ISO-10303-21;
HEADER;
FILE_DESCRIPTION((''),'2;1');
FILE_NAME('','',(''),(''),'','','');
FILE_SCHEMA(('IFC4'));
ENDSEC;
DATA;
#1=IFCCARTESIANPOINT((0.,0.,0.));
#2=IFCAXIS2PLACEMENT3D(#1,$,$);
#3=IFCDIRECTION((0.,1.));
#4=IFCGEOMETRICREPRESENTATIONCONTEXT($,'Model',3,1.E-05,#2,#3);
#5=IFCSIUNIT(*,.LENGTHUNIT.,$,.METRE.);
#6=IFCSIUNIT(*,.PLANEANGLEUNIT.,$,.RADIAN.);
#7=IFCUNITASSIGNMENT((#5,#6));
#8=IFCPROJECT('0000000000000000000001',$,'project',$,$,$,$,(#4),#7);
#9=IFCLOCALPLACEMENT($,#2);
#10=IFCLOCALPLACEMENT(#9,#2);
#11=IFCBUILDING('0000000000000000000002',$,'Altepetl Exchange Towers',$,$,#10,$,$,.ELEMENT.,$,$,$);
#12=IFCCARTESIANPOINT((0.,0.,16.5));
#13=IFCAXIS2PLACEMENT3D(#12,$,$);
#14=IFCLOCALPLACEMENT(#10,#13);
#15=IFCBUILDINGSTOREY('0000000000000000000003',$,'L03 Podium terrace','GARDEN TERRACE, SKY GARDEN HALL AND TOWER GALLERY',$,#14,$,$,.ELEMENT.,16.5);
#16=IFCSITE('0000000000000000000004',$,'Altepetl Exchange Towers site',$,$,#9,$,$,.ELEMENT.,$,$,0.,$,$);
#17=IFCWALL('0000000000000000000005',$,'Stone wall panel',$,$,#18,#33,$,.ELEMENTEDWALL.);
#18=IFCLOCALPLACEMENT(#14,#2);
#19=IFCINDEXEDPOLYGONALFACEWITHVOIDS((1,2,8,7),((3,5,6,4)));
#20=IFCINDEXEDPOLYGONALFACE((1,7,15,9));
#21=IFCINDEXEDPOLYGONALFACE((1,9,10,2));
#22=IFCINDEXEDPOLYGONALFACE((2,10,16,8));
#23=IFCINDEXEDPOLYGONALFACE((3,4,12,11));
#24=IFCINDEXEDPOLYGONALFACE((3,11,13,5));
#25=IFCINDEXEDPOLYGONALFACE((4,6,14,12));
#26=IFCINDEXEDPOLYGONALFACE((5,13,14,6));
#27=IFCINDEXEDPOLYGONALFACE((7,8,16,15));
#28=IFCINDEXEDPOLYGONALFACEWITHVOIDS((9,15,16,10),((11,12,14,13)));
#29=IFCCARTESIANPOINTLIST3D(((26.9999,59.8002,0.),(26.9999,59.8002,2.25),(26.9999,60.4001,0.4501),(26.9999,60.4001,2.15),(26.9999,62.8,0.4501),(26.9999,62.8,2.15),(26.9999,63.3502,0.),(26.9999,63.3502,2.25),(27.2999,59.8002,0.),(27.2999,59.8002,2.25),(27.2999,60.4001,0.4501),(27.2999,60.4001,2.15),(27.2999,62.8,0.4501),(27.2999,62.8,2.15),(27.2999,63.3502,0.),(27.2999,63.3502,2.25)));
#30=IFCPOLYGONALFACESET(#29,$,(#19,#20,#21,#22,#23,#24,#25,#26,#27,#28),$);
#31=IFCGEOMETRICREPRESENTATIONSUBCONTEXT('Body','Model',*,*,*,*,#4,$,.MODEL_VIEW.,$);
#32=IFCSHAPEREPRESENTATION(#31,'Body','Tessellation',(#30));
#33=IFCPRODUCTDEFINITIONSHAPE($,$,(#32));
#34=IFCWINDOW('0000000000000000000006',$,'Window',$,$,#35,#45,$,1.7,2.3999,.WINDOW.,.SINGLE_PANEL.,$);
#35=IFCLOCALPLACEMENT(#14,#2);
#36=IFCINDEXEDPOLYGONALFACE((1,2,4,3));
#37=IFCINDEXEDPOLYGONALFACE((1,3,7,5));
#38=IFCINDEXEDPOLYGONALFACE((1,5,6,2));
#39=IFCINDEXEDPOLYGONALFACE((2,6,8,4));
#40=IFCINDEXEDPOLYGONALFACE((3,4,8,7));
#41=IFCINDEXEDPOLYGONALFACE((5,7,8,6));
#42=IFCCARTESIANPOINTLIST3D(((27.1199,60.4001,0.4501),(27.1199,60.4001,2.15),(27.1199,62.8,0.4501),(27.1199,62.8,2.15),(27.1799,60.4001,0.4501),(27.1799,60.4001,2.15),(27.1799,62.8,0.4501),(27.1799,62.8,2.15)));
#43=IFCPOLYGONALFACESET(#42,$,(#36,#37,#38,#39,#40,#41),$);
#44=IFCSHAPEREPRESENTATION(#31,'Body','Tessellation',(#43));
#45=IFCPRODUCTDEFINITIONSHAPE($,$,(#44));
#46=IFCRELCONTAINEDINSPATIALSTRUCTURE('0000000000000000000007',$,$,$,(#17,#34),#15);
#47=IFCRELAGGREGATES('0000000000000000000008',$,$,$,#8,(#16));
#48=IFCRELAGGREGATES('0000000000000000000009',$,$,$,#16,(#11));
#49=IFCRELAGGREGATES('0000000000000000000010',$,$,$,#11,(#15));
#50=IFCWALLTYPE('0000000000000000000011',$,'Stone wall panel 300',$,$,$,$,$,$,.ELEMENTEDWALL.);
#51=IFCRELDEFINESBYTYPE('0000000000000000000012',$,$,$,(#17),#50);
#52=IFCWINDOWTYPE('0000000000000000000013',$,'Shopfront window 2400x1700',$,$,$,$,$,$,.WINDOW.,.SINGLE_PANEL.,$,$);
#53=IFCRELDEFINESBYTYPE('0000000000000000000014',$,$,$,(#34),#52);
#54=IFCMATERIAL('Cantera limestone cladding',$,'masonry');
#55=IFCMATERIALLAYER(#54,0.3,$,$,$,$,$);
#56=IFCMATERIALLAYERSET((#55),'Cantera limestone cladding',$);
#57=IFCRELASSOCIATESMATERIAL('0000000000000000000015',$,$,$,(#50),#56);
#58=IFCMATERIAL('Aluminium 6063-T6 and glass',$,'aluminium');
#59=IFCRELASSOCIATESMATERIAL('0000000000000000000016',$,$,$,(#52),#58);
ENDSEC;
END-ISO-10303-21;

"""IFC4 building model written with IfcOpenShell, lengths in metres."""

from ifc_helpers import new_model, si_unit, direction, frame, frame_2d, origin, place, context, subcontext, project, spatial, rectangle, extrude, material, layer, layer_set, type_object, element, fill, save


model = new_model("IFC4")

# Units and contexts
model_context = context("Model", 3, precision=1e-05, world=origin(), true_north=direction((0.0, 1.0)))
body_context = subcontext(model_context, "Body", "Model", "MODEL_VIEW")
ifc_project = project(units=[si_unit("LENGTHUNIT", "METRE"), si_unit("PLANEANGLEUNIT", "RADIAN")], contexts=[model_context])

# Site, building, storey
site_placement = place(None, origin())
site = spatial("IfcSite", under=ifc_project, at=site_placement, Name="Altepetl Exchange Towers site", CompositionType="ELEMENT", RefElevation=0.0)
building_placement = place(site_placement, origin())
building = spatial("IfcBuilding", under=site, at=building_placement, Name="Altepetl Exchange Towers", CompositionType="ELEMENT")
storey_placement = place(building_placement, frame((0.0, 0.0, 16.5)))
storey = spatial("IfcBuildingStorey", under=building, at=storey_placement, Name="L03 Podium terrace", Description="GARDEN TERRACE, SKY GARDEN HALL AND TOWER GALLERY", CompositionType="ELEMENT", Elevation=16.5)

# Shared definitions
ifc_material_1 = material(Name="Aluminium 6063-T6 and glass", Category="aluminium")

# Shared definitions
ifc_material_2 = material(Name="Cantera limestone cladding", Category="masonry")
ifc_layer_1 = layer(ifc_material_2, 0.3)
ifc_layer_set_1 = layer_set([ifc_layer_1], Name="Cantera limestone cladding")
wall_type_1 = type_object("IfcWallType", Name="Stone wall panel 300", PredefinedType="ELEMENTEDWALL", material=ifc_layer_set_1)

# Wall, opening, window
wall_1_placement = place(storey_placement, frame((27.1499, 63.3501, 0.0), z_axis=(0.0, 0.0, 1.0), x_axis=(0.0, -1.0, 0.0)))
wall_1 = element("IfcWall", 1, at=wall_1_placement, inside=storey, type_object=wall_type_1, Name="Stone wall panel", PredefinedType="ELEMENTEDWALL", context=body_context, shape_type="SweptSolid", body=[
    extrude(rectangle(XDim=3.55, YDim=0.3, at=frame_2d((1.7749, 0.0))), origin(), (0.0, 0.0, 1.0), 2.25),
])
opening_1_placement = place(wall_1_placement, frame((0.55, 0.0, 0.45)))
opening_1 = element("IfcOpeningElement", 2, at=opening_1_placement, cuts=wall_1, PredefinedType="OPENING", context=body_context, shape_type="SweptSolid", body=[
    extrude(rectangle(XDim=2.3999, YDim=1.7, at=frame_2d((1.2, 0.8501))), frame((0.0, 0.1602, 0.0), z_axis=(0.0, -1.0, 0.0), x_axis=(1.0, 0.0, 0.0)), (0.0, 0.0, 1.0), 0.3201),
])
window_type = type_object("IfcWindowType", Name="Shopfront window 2400x1700", PartitioningType="SINGLE_PANEL", PredefinedType="WINDOW", material=ifc_material_1)
window_placement = place(opening_1_placement, origin())
window = element("IfcWindow", 3, at=window_placement, inside=storey, type_object=window_type, Name="Window", OverallHeight=1.7, OverallWidth=2.3999, PartitioningType="SINGLE_PANEL", PredefinedType="WINDOW", context=body_context, shape_type="SweptSolid", body=[
    extrude(rectangle(XDim=2.3999, YDim=1.7, at=frame_2d((1.2, 0.8501))), frame((0.0, 0.03, 0.0), z_axis=(0.0, -1.0, 0.0), x_axis=(1.0, 0.0, 0.0)), (0.0, 0.0, 1.0), 0.0601),
])
fill(opening_1, window)

save(model, "model.ifc")
